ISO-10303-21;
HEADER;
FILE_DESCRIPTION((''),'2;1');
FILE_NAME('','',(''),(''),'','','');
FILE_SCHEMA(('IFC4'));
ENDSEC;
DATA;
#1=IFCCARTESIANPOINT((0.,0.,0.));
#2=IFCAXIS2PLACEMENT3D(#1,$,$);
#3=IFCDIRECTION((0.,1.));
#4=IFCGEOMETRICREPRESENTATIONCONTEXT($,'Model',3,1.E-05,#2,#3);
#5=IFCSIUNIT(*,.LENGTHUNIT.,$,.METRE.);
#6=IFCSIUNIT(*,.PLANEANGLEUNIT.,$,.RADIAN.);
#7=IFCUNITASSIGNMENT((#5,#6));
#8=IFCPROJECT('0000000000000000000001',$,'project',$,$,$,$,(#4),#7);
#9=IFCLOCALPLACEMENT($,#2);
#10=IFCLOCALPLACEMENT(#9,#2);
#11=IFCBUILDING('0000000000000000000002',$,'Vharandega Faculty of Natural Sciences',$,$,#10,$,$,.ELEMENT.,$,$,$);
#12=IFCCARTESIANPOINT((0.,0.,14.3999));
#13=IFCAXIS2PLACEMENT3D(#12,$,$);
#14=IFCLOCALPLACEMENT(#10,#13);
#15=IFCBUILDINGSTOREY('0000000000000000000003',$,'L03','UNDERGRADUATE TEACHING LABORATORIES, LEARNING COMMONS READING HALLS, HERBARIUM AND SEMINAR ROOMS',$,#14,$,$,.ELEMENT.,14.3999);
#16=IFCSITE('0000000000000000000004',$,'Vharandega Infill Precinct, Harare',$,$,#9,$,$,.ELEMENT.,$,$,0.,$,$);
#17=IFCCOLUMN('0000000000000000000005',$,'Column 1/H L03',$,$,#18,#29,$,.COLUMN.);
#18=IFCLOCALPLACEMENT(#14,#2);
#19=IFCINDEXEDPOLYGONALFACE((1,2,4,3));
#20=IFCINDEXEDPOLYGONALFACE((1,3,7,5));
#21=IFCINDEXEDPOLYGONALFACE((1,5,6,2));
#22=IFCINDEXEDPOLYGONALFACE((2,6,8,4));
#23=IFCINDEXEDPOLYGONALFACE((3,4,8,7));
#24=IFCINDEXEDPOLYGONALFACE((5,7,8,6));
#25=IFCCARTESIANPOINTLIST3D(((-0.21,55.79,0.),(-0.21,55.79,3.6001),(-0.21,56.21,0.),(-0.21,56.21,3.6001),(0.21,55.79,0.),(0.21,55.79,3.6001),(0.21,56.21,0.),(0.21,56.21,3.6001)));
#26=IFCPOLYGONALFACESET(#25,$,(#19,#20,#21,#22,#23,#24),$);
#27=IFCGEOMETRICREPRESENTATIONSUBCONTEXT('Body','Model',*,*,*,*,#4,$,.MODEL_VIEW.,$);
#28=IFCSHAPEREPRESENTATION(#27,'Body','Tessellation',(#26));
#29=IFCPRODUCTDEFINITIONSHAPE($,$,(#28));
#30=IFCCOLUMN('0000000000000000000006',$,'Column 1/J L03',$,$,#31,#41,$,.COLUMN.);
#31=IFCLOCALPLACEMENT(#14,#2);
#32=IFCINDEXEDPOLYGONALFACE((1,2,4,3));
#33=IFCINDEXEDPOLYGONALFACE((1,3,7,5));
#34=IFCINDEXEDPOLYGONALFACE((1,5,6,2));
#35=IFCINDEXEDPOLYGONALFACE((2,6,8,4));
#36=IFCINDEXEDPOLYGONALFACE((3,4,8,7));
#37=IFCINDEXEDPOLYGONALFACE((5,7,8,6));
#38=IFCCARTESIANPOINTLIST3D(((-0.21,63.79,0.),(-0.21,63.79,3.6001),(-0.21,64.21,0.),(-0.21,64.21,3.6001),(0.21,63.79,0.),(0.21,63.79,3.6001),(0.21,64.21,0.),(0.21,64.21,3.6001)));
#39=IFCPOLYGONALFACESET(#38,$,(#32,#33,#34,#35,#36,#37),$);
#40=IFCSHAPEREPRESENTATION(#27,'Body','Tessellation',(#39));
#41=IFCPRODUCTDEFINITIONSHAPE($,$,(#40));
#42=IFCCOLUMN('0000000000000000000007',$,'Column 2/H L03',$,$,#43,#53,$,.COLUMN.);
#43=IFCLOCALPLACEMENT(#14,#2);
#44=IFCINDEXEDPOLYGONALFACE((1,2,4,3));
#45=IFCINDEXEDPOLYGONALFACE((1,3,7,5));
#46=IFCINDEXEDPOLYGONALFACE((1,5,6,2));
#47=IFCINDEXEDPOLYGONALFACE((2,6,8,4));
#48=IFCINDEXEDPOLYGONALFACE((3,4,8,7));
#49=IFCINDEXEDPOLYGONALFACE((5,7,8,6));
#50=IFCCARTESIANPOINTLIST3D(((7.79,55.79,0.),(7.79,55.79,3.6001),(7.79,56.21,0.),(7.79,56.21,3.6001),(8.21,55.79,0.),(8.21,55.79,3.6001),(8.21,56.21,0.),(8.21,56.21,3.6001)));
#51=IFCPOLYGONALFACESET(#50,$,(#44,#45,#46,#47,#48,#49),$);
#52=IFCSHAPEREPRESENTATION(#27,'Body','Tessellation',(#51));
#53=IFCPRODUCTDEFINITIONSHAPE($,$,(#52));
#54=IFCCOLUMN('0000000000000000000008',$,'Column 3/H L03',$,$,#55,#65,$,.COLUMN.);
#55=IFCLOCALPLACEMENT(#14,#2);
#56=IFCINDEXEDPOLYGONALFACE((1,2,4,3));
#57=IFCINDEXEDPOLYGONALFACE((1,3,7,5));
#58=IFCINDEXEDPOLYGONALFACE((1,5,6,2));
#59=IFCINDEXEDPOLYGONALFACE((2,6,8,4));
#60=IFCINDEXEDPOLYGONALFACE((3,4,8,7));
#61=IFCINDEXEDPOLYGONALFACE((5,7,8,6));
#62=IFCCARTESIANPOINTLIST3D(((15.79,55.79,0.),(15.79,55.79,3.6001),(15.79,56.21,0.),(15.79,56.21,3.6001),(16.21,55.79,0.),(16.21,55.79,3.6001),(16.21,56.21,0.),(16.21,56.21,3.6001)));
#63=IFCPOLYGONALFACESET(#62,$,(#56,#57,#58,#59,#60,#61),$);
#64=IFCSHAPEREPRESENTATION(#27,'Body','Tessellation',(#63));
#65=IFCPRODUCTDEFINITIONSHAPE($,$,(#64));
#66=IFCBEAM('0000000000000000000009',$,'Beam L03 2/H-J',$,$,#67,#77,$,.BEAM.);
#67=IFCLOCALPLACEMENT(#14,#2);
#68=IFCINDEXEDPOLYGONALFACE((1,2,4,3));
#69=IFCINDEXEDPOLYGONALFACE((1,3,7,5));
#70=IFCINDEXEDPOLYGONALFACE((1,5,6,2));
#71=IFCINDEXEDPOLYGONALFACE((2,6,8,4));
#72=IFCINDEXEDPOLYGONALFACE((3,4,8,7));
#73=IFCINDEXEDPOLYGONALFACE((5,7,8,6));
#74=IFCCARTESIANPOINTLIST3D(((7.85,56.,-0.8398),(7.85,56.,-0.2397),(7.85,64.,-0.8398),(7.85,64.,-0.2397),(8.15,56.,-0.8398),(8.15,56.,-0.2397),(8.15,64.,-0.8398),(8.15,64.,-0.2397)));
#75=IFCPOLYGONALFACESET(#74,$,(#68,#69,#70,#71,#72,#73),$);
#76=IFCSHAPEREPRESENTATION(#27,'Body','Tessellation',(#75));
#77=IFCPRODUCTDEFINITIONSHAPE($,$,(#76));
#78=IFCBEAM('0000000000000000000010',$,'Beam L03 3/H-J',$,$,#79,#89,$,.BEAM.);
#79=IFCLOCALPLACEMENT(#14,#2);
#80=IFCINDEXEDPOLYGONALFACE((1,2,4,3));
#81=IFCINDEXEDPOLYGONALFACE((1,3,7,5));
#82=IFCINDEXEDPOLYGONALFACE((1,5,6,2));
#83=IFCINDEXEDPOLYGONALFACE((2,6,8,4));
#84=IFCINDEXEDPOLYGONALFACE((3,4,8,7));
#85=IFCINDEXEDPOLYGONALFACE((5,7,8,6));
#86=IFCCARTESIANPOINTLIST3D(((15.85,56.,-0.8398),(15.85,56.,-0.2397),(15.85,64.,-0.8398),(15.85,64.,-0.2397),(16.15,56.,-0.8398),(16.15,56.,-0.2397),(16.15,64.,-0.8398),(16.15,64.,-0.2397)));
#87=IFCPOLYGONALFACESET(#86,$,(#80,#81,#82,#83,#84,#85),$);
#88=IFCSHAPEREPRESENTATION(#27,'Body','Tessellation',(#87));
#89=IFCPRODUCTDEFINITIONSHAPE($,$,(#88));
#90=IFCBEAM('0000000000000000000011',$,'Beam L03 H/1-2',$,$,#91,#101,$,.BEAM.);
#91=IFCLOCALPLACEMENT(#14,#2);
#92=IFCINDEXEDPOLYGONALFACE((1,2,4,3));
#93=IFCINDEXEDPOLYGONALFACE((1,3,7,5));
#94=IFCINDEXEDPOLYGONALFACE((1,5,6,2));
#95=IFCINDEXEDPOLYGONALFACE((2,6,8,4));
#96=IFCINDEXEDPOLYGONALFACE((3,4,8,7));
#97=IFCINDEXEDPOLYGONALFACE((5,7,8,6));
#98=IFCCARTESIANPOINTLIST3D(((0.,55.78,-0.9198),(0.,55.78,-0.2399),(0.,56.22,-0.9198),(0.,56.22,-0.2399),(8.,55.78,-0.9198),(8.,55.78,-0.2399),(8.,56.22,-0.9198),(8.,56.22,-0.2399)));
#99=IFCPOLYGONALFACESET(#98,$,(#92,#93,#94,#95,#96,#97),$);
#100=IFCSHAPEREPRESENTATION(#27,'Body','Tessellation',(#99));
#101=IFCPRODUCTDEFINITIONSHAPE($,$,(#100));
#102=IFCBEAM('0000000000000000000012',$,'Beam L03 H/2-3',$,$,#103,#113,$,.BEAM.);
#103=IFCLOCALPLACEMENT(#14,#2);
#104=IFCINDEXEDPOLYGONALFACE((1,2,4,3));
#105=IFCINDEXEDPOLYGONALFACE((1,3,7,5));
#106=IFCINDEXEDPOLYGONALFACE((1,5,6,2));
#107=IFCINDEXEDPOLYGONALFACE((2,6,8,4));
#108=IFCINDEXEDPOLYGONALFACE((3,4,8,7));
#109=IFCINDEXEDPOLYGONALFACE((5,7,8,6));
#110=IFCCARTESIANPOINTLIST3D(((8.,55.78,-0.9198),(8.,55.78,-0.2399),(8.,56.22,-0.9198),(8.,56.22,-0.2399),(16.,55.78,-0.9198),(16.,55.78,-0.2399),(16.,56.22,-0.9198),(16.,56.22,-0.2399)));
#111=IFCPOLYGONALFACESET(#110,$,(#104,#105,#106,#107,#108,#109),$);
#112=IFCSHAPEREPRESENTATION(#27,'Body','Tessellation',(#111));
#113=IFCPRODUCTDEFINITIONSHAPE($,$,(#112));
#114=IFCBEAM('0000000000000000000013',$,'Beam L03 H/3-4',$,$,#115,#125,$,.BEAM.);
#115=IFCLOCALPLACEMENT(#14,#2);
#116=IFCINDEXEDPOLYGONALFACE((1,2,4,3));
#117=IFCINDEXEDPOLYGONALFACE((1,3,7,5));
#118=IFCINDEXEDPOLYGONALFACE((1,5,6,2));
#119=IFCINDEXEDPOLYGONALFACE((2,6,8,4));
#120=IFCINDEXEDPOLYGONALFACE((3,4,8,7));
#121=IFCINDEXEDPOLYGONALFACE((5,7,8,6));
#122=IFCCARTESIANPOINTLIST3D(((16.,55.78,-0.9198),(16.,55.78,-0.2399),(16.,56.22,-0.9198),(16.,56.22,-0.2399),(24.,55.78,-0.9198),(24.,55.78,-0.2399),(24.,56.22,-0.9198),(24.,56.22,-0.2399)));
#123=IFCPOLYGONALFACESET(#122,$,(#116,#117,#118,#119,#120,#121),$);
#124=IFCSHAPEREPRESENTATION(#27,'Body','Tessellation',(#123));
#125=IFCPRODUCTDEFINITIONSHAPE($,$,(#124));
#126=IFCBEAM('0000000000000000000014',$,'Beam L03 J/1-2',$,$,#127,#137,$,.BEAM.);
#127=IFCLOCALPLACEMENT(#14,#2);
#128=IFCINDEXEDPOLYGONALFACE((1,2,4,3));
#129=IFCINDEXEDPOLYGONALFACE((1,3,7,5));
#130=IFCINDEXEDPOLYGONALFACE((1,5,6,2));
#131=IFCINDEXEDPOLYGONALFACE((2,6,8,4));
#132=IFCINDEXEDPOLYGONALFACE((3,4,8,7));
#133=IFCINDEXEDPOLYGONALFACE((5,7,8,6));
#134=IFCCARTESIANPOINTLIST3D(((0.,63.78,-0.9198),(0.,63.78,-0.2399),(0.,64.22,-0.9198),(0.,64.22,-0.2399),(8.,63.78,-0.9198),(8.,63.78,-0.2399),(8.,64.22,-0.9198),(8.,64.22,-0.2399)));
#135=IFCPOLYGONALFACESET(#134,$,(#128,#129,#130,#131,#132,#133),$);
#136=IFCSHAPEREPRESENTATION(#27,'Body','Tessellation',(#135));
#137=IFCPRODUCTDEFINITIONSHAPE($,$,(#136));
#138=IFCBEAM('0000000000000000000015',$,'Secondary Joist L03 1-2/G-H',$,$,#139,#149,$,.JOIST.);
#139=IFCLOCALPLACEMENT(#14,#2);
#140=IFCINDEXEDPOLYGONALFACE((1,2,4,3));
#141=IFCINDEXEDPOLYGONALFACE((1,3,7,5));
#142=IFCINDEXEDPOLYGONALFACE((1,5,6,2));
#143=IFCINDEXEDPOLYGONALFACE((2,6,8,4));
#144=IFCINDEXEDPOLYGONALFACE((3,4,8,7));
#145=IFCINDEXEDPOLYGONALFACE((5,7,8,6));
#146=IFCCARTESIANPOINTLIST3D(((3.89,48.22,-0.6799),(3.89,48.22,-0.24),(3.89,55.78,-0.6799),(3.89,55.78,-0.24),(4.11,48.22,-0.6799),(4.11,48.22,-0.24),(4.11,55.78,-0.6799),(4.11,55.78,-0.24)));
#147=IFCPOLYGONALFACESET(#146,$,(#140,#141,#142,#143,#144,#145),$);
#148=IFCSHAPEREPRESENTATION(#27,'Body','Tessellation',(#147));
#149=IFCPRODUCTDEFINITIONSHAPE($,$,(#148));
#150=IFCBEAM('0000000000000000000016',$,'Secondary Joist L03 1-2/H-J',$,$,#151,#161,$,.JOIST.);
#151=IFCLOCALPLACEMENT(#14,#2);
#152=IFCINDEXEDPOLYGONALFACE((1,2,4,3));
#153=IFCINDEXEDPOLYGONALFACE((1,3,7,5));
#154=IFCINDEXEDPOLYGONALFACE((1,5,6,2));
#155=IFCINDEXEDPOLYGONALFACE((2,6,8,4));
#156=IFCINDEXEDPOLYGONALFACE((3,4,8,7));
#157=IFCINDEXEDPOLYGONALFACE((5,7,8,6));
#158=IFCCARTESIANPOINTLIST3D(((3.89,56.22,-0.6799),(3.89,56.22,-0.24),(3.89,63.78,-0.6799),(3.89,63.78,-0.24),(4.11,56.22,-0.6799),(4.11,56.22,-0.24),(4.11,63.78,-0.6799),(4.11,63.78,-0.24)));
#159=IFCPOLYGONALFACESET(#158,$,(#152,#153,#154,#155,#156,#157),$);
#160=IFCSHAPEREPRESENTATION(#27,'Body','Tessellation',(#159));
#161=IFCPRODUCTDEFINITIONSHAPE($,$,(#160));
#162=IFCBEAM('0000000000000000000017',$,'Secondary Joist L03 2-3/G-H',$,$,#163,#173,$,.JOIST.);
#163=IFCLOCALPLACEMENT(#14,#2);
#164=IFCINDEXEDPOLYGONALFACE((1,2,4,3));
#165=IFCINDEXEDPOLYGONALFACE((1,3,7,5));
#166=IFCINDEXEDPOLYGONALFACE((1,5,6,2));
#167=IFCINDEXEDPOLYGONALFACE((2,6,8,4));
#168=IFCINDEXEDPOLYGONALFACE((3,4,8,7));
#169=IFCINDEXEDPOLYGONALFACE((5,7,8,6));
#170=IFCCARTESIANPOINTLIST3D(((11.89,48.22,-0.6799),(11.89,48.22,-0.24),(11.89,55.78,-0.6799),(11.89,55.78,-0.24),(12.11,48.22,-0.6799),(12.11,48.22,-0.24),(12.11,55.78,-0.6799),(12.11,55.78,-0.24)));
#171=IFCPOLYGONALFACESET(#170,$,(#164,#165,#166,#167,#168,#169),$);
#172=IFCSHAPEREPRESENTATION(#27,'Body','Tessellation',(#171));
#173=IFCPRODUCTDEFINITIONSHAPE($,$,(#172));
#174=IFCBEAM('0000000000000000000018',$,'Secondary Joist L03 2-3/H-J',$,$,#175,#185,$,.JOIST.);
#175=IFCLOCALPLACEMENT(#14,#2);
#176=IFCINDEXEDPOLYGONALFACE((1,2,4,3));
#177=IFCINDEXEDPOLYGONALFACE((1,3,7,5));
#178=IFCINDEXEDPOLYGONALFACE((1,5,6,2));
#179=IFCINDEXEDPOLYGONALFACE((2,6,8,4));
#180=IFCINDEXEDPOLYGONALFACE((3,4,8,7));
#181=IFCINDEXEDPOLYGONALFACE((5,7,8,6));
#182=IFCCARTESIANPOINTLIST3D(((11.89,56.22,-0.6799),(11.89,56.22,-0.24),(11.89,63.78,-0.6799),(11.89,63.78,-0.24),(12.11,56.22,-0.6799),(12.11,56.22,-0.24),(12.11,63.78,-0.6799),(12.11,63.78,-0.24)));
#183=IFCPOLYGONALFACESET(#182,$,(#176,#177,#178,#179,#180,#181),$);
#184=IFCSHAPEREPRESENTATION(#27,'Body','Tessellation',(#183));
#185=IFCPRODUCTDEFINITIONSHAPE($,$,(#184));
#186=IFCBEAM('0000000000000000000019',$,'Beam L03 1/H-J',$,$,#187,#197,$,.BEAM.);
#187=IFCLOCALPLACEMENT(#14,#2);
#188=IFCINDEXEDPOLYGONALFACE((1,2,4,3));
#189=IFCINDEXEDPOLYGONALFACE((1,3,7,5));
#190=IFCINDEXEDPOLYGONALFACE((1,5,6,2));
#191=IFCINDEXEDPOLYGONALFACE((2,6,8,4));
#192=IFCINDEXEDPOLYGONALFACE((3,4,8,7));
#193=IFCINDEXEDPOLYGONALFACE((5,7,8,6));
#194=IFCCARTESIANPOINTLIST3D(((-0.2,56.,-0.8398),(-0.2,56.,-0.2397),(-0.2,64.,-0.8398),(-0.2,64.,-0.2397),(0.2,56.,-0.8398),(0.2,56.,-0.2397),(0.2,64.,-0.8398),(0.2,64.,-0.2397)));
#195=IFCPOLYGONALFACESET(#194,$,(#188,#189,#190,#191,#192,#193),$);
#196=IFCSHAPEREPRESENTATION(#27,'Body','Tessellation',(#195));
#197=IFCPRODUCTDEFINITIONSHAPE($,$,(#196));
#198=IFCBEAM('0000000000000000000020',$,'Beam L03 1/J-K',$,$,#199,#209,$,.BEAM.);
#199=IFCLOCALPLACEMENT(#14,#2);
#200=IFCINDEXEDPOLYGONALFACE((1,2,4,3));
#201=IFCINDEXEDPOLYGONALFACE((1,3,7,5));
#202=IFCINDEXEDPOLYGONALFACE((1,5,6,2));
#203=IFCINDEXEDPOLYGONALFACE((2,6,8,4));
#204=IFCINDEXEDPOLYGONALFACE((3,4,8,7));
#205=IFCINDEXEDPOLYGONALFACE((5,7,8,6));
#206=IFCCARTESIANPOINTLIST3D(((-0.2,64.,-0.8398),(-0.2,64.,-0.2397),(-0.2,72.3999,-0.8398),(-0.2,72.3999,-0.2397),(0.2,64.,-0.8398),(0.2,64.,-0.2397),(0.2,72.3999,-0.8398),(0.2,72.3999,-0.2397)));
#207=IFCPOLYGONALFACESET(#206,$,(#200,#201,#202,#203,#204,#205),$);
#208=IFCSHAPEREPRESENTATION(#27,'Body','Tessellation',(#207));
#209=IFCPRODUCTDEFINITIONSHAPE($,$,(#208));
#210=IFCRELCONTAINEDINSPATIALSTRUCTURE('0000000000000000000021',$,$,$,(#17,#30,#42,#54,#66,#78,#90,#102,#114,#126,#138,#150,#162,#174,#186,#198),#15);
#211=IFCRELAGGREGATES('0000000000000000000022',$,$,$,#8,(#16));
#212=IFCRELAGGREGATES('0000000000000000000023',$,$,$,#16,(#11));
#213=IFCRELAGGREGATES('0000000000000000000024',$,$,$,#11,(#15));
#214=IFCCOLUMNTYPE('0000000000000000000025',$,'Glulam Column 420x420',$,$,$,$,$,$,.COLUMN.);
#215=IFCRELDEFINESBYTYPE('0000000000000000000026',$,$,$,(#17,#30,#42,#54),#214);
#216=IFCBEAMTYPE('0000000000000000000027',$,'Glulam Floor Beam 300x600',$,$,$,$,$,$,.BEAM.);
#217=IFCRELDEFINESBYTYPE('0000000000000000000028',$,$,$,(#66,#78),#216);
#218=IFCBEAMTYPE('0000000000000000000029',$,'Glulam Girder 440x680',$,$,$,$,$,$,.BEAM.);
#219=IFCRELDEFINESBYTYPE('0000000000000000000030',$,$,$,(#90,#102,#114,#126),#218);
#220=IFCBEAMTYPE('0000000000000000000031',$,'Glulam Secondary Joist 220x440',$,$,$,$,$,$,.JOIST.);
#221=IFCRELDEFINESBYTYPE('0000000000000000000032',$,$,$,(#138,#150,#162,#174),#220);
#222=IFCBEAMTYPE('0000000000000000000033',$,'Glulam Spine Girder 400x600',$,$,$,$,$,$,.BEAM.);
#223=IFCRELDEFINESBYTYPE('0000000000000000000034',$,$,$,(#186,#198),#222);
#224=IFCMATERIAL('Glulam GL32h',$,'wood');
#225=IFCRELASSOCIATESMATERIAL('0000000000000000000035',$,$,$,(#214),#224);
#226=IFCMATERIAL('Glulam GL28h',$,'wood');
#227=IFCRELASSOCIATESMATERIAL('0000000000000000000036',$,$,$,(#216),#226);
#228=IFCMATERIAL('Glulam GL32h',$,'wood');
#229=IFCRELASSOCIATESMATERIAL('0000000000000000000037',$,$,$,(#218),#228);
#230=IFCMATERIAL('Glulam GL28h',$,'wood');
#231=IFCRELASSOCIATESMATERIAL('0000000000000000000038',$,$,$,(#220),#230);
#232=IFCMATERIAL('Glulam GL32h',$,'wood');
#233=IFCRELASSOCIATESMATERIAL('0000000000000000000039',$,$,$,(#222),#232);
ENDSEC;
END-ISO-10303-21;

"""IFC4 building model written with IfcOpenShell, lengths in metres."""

from ifc_helpers import new_model, si_unit, direction, frame, origin, origin_2d, place, context, subcontext, project, spatial, rectangle, extrude, material, material_profile, profile_set, type_object, element, save


model = new_model("IFC4")

# Units and contexts
model_context = context("Model", 3, precision=1e-05, world=origin(), true_north=direction((0.0, 1.0)))
body_context = subcontext(model_context, "Body", "Model", "MODEL_VIEW")
ifc_project = project(units=[si_unit("LENGTHUNIT", "METRE"), si_unit("PLANEANGLEUNIT", "RADIAN")], contexts=[model_context])

# Site, building, storey
site_placement = place(None, origin())
site = spatial("IfcSite", under=ifc_project, at=site_placement, Name="Vharandega Infill Precinct, Harare", CompositionType="ELEMENT", RefElevation=0.0)
building_placement = place(site_placement, origin())
building = spatial("IfcBuilding", under=site, at=building_placement, Name="Vharandega Faculty of Natural Sciences", CompositionType="ELEMENT")
storey_placement = place(building_placement, frame((0.0, 0.0, 14.3999)))
storey = spatial("IfcBuildingStorey", under=building, at=storey_placement, Name="L03", Description="UNDERGRADUATE TEACHING LABORATORIES, LEARNING COMMONS READING HALLS, HERBARIUM AND SEMINAR ROOMS", CompositionType="ELEMENT", Elevation=14.3999)

# Columns
ifc_material_1 = material(Name="Glulam GL32h", Category="wood")
ifc_material_profile_1 = material_profile(ifc_material_1, rectangle(XDim=0.4199, YDim=0.4199, at=origin_2d()), Name="GL32h 420x420")
ifc_profile_set_1 = profile_set([ifc_material_profile_1], Name="Glulam GL32h")
column_type = type_object("IfcColumnType", Name="Glulam Column 420x420", PredefinedType="COLUMN", material=ifc_profile_set_1)
for number, where, z_axis, x_axis, name in (
    (1, (0.0, 56.0, 0.0), (0.0, 0.0, 1.0), (1.0, 0.0, 0.0), "Column 1/H L03"),
    (2, (0.0, 64.0, 0.0), (0.0, 0.0, 1.0), (1.0, 0.0, 0.0), "Column 1/J L03"),
    (3, (8.0, 56.0, 0.0), (0.0, 0.0, 1.0), (1.0, 0.0, 0.0), "Column 2/H L03"),
    (4, (16.0, 56.0, 0.0), (0.0, 0.0, 1.0), (1.0, 0.0, 0.0), "Column 3/H L03"),
):
    element("IfcColumn", number, at=place(storey_placement, frame(where, z_axis=z_axis, x_axis=x_axis)), inside=storey, type_object=column_type, Name=name, PredefinedType="COLUMN", context=body_context, shape_type="SweptSolid", body=[
        extrude(rectangle(XDim=0.4199, YDim=0.4199, at=origin_2d()), origin(), (0.0, 0.0, 1.0), 3.6001),
    ])

# Beams
ifc_material_2 = material(Name="Glulam GL28h", Category="wood")
ifc_material_profile_2 = material_profile(ifc_material_2, rectangle(XDim=0.3, YDim=0.6001, at=origin_2d()), Name="GL28h 300x600")
ifc_profile_set_2 = profile_set([ifc_material_profile_2], Name="Glulam GL28h")
beam_type_1 = type_object("IfcBeamType", Name="Glulam Floor Beam 300x600", PredefinedType="BEAM", material=ifc_profile_set_2)
for number, where, z_axis, x_axis, name in (
    (5, (8.0, 56.0, -0.5398), (0.0, 1.0, 0.0), (-1.0, 0.0, 0.0), "Beam L03 2/H-J"),
    (6, (16.0, 56.0, -0.5398), (0.0, 1.0, 0.0), (-1.0, 0.0, 0.0), "Beam L03 3/H-J"),
):
    element("IfcBeam", number, at=place(storey_placement, frame(where, z_axis=z_axis, x_axis=x_axis)), inside=storey, type_object=beam_type_1, Name=name, PredefinedType="BEAM", context=body_context, shape_type="SweptSolid", body=[
        extrude(rectangle(XDim=0.3, YDim=0.6001, at=origin_2d()), origin(), (0.0, 0.0, 1.0), 8.0),
    ])
ifc_material_3 = material(Name="Glulam GL32h", Category="wood")
ifc_material_profile_3 = material_profile(ifc_material_3, rectangle(XDim=0.4399, YDim=0.6799, at=origin_2d()), Name="GL32h 440x680")
ifc_profile_set_3 = profile_set([ifc_material_profile_3], Name="Glulam GL32h")
beam_type_2 = type_object("IfcBeamType", Name="Glulam Girder 440x680", PredefinedType="BEAM", material=ifc_profile_set_3)
for number, where, z_axis, x_axis, name in (
    (7, (0.0, 56.0, -0.5798), (1.0, 0.0, 0.0), (0.0, 1.0, 0.0), "Beam L03 H/1-2"),
    (8, (8.0, 56.0, -0.5798), (1.0, 0.0, 0.0), (0.0, 1.0, 0.0), "Beam L03 H/2-3"),
    (9, (16.0, 56.0, -0.5798), (1.0, 0.0, 0.0), (0.0, 1.0, 0.0), "Beam L03 H/3-4"),
    (10, (0.0, 64.0, -0.5798), (1.0, 0.0, 0.0), (0.0, 1.0, 0.0), "Beam L03 J/1-2"),
):
    element("IfcBeam", number, at=place(storey_placement, frame(where, z_axis=z_axis, x_axis=x_axis)), inside=storey, type_object=beam_type_2, Name=name, PredefinedType="BEAM", context=body_context, shape_type="SweptSolid", body=[
        extrude(rectangle(XDim=0.4399, YDim=0.6799, at=origin_2d()), origin(), (0.0, 0.0, 1.0), 8.0),
    ])
ifc_material_4 = material(Name="Glulam GL28h", Category="wood")
ifc_material_profile_4 = material_profile(ifc_material_4, rectangle(XDim=0.22, YDim=0.4399, at=origin_2d()), Name="GL28h 220x440")
ifc_profile_set_4 = profile_set([ifc_material_profile_4], Name="Glulam GL28h")
beam_type_3 = type_object("IfcBeamType", Name="Glulam Secondary Joist 220x440", PredefinedType="JOIST", material=ifc_profile_set_4)
for number, where, z_axis, x_axis, name in (
    (11, (4.0, 48.22, -0.46), (0.0, 1.0, 0.0), (-1.0, 0.0, 0.0), "Secondary Joist L03 1-2/G-H"),
    (12, (4.0, 56.22, -0.46), (0.0, 1.0, 0.0), (-1.0, 0.0, 0.0), "Secondary Joist L03 1-2/H-J"),
    (13, (12.0, 48.22, -0.46), (0.0, 1.0, 0.0), (-1.0, 0.0, 0.0), "Secondary Joist L03 2-3/G-H"),
    (14, (12.0, 56.22, -0.46), (0.0, 1.0, 0.0), (-1.0, 0.0, 0.0), "Secondary Joist L03 2-3/H-J"),
):
    element("IfcBeam", number, at=place(storey_placement, frame(where, z_axis=z_axis, x_axis=x_axis)), inside=storey, type_object=beam_type_3, Name=name, PredefinedType="JOIST", context=body_context, shape_type="SweptSolid", body=[
        extrude(rectangle(XDim=0.22, YDim=0.4399, at=origin_2d()), origin(), (0.0, 0.0, 1.0), 7.5601),
    ])
ifc_material_5 = material(Name="Glulam GL32h", Category="wood")
ifc_material_profile_5 = material_profile(ifc_material_5, rectangle(XDim=0.3999, YDim=0.6001, at=origin_2d()), Name="GL32h 400x600")
ifc_profile_set_5 = profile_set([ifc_material_profile_5], Name="Glulam GL32h")
beam_type_4 = type_object("IfcBeamType", Name="Glulam Spine Girder 400x600", PredefinedType="BEAM", material=ifc_profile_set_5)
beam_1_placement = place(storey_placement, frame((0.0, 56.0, -0.5398), z_axis=(0.0, 1.0, 0.0), x_axis=(-1.0, 0.0, 0.0)))
element("IfcBeam", 15, at=beam_1_placement, inside=storey, type_object=beam_type_4, Name="Beam L03 1/H-J", PredefinedType="BEAM", context=body_context, shape_type="SweptSolid", body=[
    extrude(rectangle(XDim=0.3999, YDim=0.6001, at=origin_2d()), origin(), (0.0, 0.0, 1.0), 8.0),
])
beam_2_placement = place(storey_placement, frame((0.0, 64.0, -0.5398), z_axis=(0.0, 1.0, 0.0), x_axis=(-1.0, 0.0, 0.0)))
element("IfcBeam", 16, at=beam_2_placement, inside=storey, type_object=beam_type_4, Name="Beam L03 1/J-K", PredefinedType="BEAM", context=body_context, shape_type="SweptSolid", body=[
    extrude(rectangle(XDim=0.3999, YDim=0.6001, at=origin_2d()), origin(), (0.0, 0.0, 1.0), 8.3999),
])

save(model, "model.ifc")
